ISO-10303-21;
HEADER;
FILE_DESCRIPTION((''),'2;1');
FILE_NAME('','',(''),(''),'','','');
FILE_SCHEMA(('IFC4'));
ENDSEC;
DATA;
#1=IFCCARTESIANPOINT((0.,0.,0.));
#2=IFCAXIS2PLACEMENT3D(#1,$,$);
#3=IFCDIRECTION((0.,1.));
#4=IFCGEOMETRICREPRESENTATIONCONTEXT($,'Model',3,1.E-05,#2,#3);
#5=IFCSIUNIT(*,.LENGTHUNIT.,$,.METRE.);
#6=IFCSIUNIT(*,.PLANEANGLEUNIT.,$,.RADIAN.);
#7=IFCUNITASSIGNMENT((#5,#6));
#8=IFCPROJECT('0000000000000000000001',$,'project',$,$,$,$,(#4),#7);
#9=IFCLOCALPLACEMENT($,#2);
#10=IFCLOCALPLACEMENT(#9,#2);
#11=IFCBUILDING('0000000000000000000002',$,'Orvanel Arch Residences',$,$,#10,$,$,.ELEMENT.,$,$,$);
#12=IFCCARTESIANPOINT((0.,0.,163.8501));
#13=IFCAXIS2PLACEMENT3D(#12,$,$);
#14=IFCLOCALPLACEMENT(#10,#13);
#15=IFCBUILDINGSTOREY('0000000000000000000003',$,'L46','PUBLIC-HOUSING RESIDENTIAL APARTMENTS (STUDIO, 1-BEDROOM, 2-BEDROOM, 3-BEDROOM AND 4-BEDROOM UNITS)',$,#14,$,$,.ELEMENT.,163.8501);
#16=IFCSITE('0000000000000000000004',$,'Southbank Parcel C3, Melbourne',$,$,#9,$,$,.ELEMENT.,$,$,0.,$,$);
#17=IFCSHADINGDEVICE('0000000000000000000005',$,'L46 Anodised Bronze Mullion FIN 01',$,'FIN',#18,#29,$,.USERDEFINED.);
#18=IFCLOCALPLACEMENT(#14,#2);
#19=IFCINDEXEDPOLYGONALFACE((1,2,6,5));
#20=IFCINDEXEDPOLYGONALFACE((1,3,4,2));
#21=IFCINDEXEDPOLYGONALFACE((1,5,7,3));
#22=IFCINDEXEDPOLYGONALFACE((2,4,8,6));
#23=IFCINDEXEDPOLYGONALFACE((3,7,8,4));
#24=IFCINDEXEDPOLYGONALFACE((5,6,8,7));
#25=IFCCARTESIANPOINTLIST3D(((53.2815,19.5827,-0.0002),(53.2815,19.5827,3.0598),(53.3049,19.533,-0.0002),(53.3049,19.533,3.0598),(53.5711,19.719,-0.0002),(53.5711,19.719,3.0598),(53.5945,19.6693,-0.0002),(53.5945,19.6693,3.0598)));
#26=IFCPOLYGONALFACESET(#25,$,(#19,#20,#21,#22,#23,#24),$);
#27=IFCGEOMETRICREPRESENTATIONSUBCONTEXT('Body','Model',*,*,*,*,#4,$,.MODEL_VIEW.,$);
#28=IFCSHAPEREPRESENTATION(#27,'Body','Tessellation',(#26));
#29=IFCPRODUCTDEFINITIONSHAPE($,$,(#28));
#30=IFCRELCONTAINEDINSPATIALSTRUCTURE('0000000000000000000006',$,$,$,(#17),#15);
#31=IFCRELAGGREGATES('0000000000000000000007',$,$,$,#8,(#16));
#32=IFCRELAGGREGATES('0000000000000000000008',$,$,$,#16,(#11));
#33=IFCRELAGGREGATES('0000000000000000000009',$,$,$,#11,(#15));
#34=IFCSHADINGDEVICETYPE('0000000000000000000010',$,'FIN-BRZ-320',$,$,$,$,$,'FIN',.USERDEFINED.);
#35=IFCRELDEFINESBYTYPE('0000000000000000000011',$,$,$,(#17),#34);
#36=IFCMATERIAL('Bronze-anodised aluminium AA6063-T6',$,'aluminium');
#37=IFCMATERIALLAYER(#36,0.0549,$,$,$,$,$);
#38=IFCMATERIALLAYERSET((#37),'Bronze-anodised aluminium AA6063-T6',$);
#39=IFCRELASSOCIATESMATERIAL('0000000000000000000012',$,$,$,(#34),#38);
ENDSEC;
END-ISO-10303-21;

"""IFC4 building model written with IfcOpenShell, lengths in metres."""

from ifc_helpers import new_model, si_unit, direction, frame, origin, origin_2d, place, context, subcontext, project, spatial, rectangle, extrude, material, layer, layer_set, type_object, element, save


model = new_model("IFC4")

# Units and contexts
model_context = context("Model", 3, precision=1e-05, world=origin(), true_north=direction((0.0, 1.0)))
body_context = subcontext(model_context, "Body", "Model", "MODEL_VIEW")
ifc_project = project(units=[si_unit("LENGTHUNIT", "METRE"), si_unit("PLANEANGLEUNIT", "RADIAN")], contexts=[model_context])

# Site, building, storey
site_placement = place(None, origin())
site = spatial("IfcSite", under=ifc_project, at=site_placement, Name="Southbank Parcel C3, Melbourne", CompositionType="ELEMENT", RefElevation=0.0)
building_placement = place(site_placement, origin())
building = spatial("IfcBuilding", under=site, at=building_placement, Name="Orvanel Arch Residences", CompositionType="ELEMENT")
storey_placement = place(building_placement, frame((0.0, 0.0, 163.8501)))
storey = spatial("IfcBuildingStorey", under=building, at=storey_placement, Name="L46", Description="PUBLIC-HOUSING RESIDENTIAL APARTMENTS (STUDIO, 1-BEDROOM, 2-BEDROOM, 3-BEDROOM AND 4-BEDROOM UNITS)", CompositionType="ELEMENT", Elevation=163.8501)

# Shared definitions
ifc_material_1 = material(Name="Bronze-anodised aluminium AA6063-T6", Category="aluminium")

# Shading device
ifc_layer_1 = layer(ifc_material_1, 0.0549)
ifc_layer_set_1 = layer_set([ifc_layer_1], Name="Bronze-anodised aluminium AA6063-T6")
shading_device_type = type_object("IfcShadingDeviceType", Name="FIN-BRZ-320", ElementType="FIN", PredefinedType="USERDEFINED", material=ifc_layer_set_1)
shading_device_placement = place(storey_placement, frame((53.438, 19.626, -0.0002), z_axis=(0.0, 0.0, 1.0), x_axis=(0.904827, 0.425779, 0.0)))
element("IfcShadingDevice", 1, at=shading_device_placement, inside=storey, type_object=shading_device_type, Name="L46 Anodised Bronze Mullion FIN 01", ObjectType="FIN", PredefinedType="USERDEFINED", context=body_context, shape_type="SweptSolid", body=[
    extrude(rectangle(XDim=0.3201, YDim=0.0549, at=origin_2d()), origin(), (0.0, 0.0, 1.0), 3.0601),
])

save(model, "model.ifc")
